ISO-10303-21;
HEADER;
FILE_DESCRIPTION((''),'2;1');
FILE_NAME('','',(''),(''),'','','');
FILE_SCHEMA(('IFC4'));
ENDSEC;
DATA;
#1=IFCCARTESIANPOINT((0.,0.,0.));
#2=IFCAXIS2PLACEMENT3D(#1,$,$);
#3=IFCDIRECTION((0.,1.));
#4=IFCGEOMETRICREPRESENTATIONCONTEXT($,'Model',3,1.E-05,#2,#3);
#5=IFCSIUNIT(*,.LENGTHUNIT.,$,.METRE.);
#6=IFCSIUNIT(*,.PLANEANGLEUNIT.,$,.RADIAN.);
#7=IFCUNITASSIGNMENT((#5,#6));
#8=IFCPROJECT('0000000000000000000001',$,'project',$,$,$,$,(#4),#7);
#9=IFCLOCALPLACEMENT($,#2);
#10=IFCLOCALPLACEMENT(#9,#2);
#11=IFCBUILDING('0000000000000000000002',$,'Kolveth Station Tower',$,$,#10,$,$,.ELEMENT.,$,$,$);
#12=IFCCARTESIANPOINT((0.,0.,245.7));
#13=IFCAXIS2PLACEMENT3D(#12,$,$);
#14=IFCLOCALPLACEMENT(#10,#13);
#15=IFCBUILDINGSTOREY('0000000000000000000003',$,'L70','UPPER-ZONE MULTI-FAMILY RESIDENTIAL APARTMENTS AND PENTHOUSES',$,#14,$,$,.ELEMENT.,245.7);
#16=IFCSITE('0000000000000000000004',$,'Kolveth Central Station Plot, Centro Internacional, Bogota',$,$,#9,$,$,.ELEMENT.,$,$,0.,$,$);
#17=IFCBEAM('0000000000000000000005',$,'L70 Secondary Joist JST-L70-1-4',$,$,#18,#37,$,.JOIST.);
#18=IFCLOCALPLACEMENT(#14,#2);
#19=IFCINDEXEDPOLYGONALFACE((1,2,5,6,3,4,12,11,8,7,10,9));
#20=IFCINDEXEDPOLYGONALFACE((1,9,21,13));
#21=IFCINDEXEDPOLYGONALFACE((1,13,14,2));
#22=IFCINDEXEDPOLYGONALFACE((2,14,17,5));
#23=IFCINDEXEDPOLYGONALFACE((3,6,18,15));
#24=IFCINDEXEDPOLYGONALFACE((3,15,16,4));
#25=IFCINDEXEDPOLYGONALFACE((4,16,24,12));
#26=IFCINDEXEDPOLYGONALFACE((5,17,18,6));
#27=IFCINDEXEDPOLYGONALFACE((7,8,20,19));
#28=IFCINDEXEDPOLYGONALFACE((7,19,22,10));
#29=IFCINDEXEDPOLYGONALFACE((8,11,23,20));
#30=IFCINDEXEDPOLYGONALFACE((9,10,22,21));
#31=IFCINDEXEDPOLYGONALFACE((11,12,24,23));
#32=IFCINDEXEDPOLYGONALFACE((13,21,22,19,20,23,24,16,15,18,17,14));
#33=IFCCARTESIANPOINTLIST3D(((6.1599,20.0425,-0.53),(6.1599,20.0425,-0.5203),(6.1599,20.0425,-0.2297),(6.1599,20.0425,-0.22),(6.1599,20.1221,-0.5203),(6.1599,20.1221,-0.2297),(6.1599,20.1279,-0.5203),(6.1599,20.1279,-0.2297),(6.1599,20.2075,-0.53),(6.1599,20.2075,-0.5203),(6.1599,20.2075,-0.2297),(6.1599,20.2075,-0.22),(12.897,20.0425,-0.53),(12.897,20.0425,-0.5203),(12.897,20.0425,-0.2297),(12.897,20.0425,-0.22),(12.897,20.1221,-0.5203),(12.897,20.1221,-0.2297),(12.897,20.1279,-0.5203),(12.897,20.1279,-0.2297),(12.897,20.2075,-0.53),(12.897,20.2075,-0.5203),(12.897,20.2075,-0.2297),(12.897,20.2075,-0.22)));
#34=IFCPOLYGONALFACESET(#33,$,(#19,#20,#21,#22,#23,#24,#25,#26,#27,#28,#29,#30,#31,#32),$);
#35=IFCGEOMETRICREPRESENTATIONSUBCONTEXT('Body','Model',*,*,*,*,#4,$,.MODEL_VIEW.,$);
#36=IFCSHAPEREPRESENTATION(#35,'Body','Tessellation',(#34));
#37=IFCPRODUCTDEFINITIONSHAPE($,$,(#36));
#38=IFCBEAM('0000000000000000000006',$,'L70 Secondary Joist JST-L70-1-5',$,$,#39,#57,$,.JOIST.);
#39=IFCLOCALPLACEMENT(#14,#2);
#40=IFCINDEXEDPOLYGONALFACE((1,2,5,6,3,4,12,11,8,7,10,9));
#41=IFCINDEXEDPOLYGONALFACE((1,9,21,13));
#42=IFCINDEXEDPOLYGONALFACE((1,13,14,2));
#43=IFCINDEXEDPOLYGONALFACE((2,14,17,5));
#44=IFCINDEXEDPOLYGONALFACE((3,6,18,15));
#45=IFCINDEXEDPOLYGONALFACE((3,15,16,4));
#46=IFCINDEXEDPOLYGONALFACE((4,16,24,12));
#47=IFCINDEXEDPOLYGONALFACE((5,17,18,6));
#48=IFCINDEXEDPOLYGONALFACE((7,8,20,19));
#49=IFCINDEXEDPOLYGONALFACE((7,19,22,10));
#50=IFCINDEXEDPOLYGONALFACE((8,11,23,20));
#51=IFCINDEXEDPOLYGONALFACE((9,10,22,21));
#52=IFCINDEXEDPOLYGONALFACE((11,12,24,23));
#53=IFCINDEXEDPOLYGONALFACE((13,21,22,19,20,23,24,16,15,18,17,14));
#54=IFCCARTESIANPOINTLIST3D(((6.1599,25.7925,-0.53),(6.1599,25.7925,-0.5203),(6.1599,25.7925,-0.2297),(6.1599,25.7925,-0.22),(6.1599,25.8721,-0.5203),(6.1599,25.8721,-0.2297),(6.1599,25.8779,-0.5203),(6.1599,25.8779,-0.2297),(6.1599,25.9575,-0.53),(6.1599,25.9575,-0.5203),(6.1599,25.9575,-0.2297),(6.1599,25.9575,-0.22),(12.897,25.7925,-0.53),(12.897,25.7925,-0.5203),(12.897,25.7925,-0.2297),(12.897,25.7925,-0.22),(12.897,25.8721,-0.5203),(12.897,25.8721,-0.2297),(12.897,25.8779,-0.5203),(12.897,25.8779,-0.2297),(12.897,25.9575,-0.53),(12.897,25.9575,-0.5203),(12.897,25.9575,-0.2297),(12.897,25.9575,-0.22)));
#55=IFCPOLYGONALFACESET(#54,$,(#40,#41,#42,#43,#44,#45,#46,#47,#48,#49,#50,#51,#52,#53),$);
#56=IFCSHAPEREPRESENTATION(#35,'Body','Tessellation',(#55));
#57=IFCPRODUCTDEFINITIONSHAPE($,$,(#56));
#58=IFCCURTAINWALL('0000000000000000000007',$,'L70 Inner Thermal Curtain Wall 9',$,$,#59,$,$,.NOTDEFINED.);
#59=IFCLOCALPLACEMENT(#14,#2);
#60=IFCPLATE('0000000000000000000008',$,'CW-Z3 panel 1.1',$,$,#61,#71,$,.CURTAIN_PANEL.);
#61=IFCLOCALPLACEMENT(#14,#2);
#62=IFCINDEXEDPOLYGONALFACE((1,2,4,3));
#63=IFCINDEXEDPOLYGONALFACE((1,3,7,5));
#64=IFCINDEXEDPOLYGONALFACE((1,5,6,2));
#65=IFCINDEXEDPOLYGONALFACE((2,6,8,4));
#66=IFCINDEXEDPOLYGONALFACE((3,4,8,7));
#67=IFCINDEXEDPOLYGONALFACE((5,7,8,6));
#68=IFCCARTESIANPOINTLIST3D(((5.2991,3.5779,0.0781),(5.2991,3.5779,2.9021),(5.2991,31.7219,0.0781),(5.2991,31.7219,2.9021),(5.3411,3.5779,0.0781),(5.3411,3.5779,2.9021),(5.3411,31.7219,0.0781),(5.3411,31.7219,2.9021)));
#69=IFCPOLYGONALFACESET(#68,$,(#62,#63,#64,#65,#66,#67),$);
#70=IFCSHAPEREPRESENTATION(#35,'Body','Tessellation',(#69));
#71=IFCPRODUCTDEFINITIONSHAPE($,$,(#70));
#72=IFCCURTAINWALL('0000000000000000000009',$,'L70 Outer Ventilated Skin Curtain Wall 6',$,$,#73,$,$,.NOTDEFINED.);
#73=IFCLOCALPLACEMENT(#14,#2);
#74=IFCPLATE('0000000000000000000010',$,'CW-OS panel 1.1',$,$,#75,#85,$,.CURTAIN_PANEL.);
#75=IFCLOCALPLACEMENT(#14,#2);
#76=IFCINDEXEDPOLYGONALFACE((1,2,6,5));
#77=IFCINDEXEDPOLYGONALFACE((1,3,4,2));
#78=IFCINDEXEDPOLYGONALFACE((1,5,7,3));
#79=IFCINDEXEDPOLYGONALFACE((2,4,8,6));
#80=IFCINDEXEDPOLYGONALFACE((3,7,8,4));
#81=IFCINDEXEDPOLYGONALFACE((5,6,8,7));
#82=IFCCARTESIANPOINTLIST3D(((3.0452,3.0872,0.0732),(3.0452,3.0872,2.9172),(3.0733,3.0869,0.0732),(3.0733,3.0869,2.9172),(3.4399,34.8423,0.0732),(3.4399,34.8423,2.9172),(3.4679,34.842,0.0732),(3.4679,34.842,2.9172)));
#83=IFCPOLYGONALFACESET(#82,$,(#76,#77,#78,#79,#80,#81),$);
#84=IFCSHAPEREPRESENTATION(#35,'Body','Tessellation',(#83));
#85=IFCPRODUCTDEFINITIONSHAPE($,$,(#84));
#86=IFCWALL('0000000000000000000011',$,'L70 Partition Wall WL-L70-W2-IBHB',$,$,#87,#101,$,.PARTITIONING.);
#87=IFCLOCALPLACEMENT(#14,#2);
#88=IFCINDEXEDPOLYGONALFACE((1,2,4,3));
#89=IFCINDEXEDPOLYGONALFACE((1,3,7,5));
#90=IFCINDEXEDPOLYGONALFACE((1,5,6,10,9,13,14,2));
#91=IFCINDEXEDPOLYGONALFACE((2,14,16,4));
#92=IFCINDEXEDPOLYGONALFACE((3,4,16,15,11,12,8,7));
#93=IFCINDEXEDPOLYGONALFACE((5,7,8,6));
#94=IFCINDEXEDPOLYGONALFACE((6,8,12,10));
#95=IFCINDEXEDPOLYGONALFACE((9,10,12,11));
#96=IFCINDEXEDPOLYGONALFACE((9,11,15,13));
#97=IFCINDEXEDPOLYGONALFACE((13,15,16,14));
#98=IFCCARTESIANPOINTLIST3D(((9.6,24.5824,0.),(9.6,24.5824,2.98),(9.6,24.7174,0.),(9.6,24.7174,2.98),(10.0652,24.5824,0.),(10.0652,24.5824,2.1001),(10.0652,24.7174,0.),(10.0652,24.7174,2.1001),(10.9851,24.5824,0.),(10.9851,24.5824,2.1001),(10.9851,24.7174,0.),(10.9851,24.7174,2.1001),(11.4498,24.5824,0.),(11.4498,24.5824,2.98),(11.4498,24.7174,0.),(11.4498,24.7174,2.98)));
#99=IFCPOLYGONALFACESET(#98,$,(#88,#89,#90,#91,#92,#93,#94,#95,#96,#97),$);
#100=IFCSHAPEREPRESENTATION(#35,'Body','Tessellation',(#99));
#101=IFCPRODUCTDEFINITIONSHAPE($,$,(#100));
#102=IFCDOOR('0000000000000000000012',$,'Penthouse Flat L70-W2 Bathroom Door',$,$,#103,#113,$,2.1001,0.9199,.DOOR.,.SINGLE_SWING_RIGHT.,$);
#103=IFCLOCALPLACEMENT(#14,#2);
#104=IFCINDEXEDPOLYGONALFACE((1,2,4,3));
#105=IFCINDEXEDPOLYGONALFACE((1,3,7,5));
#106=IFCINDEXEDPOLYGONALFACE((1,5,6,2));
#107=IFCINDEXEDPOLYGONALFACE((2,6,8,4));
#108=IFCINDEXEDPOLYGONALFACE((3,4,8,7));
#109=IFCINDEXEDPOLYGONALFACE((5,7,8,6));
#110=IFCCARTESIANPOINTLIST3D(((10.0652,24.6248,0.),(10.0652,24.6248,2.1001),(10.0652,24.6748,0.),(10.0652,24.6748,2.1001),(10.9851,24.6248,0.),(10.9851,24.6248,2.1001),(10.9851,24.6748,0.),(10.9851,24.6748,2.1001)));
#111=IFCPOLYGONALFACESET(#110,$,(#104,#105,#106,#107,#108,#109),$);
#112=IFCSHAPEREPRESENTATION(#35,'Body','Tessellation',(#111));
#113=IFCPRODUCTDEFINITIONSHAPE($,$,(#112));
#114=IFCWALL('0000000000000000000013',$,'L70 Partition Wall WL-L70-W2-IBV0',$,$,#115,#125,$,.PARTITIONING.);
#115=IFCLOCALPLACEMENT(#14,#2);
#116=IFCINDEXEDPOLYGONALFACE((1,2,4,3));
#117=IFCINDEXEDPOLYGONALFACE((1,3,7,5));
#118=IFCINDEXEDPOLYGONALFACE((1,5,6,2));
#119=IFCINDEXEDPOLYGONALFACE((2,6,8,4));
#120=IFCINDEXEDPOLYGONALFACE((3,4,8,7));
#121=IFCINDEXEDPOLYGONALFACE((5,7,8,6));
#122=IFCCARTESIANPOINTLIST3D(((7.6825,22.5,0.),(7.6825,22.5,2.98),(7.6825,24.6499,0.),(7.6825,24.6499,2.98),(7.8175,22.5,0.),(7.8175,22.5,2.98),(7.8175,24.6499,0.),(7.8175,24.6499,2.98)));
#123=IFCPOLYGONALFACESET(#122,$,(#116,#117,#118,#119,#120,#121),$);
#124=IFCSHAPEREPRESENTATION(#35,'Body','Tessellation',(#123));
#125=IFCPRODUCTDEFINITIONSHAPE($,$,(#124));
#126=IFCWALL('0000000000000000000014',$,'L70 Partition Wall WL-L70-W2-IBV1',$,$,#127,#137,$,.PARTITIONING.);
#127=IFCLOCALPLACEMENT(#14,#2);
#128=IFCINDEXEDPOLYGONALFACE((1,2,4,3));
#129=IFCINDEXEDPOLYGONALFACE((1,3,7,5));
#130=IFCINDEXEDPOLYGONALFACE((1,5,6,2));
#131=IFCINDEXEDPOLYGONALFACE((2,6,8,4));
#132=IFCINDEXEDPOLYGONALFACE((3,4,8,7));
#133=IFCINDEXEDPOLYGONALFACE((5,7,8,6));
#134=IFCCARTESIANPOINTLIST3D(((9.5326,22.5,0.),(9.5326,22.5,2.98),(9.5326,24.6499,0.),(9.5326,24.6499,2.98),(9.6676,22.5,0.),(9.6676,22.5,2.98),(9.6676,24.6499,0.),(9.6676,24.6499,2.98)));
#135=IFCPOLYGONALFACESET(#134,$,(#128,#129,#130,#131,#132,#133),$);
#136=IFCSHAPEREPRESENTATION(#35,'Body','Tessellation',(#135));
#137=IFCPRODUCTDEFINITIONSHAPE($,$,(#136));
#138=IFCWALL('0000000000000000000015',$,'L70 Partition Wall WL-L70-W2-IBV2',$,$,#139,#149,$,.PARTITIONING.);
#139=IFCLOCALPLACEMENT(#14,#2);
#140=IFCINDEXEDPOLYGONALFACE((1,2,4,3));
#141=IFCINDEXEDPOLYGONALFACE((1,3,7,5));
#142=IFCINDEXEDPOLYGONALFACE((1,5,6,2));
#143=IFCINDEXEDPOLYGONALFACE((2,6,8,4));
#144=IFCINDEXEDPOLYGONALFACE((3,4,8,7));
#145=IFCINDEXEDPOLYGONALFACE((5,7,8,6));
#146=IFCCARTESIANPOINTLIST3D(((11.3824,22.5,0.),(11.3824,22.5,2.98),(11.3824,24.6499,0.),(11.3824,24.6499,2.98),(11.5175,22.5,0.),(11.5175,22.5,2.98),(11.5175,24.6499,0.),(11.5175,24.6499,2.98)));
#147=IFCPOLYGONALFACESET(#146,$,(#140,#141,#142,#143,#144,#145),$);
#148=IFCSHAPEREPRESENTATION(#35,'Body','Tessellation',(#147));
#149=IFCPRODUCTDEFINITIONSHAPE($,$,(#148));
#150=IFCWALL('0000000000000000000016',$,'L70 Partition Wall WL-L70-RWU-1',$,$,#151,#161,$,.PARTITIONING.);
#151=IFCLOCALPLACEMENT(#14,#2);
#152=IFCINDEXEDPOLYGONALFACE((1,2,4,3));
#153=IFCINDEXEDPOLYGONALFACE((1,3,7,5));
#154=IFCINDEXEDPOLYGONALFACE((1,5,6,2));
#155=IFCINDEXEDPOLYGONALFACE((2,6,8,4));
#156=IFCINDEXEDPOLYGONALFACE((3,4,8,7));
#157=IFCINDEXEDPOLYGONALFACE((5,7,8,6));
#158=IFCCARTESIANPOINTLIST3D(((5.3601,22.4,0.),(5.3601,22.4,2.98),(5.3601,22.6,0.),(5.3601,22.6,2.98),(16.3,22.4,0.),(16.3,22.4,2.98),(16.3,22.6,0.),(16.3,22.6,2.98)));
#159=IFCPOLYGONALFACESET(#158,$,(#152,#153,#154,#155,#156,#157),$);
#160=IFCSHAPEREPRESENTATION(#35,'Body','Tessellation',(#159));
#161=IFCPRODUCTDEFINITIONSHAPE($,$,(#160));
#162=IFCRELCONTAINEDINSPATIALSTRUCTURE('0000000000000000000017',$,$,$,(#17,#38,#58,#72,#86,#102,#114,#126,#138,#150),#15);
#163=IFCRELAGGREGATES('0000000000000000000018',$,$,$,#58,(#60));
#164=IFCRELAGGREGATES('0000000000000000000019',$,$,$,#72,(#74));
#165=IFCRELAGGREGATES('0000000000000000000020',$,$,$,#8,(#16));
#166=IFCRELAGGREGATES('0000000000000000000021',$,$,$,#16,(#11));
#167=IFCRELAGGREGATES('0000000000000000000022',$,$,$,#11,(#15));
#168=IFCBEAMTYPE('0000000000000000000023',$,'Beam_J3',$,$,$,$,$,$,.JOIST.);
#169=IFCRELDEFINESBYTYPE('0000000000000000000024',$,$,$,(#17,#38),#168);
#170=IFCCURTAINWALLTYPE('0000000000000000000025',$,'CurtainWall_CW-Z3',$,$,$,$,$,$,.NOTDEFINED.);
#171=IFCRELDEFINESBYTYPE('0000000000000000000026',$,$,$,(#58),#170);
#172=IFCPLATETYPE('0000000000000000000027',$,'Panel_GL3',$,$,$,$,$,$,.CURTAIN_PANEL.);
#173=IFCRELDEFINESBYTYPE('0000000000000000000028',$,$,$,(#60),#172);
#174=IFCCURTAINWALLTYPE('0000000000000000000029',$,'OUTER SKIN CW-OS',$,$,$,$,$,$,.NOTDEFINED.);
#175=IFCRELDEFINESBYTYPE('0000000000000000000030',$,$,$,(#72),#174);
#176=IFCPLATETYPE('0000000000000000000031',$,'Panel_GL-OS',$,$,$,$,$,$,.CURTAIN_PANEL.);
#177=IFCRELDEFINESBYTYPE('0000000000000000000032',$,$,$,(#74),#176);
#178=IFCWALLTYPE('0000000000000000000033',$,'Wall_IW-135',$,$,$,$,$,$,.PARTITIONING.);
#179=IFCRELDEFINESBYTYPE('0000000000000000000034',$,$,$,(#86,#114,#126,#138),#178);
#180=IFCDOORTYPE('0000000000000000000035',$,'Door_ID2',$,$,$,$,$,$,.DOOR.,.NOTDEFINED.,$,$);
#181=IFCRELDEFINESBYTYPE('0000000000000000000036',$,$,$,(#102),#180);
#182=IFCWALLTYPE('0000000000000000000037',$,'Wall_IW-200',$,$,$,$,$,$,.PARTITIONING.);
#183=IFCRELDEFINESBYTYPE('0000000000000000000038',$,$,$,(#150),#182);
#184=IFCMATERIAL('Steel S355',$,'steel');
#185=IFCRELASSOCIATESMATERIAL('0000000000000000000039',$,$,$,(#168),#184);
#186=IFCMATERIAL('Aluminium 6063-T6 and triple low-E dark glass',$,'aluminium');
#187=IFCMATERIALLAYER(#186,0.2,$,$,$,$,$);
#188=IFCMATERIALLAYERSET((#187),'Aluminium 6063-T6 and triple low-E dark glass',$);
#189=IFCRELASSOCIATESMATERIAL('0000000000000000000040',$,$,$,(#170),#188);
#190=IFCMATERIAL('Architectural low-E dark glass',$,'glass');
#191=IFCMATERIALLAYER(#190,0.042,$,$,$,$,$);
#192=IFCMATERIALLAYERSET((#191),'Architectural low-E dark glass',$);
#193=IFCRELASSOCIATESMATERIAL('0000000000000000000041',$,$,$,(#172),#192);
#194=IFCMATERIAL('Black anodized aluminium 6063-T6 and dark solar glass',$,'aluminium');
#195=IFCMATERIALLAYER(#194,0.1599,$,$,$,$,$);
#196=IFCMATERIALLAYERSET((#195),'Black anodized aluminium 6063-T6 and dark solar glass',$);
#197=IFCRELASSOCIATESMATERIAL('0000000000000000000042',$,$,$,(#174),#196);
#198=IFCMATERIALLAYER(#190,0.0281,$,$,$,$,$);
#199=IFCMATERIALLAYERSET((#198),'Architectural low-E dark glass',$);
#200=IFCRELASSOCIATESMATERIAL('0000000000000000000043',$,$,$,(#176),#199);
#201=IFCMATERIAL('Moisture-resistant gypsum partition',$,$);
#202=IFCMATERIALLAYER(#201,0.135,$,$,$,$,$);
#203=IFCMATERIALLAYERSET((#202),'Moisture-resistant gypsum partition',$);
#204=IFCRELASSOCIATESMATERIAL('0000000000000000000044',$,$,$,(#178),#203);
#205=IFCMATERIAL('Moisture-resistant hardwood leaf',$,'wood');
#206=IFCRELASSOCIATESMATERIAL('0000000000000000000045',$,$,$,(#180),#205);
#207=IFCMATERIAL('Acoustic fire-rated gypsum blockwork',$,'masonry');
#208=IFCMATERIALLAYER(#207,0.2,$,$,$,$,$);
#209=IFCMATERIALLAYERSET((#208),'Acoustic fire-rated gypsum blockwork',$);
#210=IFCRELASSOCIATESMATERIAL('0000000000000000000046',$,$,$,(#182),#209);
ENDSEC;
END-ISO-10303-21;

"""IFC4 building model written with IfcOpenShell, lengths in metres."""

from ifc_helpers import new_model, si_unit, direction, frame, frame_2d, origin, origin_2d, place, context, subcontext, project, spatial, rectangle, i_section, extrude, source, transform, mapped, material, layer, layer_set, material_profile, profile_set, type_object, element, fill, aggregate, save


model = new_model("IFC4")

# Units and contexts
model_context = context("Model", 3, precision=1e-05, world=origin(), true_north=direction((0.0, 1.0)))
body_context = subcontext(model_context, "Body", "Model", "MODEL_VIEW")
ifc_project = project(units=[si_unit("LENGTHUNIT", "METRE"), si_unit("PLANEANGLEUNIT", "RADIAN")], contexts=[model_context])

# Site, building, storey
site_placement = place(None, origin())
site = spatial("IfcSite", under=ifc_project, at=site_placement, Name="Kolveth Central Station Plot, Centro Internacional, Bogota", CompositionType="ELEMENT", RefElevation=0.0)
building_placement = place(site_placement, origin())
building = spatial("IfcBuilding", under=site, at=building_placement, Name="Kolveth Station Tower", CompositionType="ELEMENT")
storey_placement = place(building_placement, frame((0.0, 0.0, 245.7)))
storey = spatial("IfcBuildingStorey", under=building, at=storey_placement, Name="L70", Description="UPPER-ZONE MULTI-FAMILY RESIDENTIAL APARTMENTS AND PENTHOUSES", CompositionType="ELEMENT", Elevation=245.7)

# Shared definitions
ifc_material_1 = material(Name="Steel S355", Category="steel")

# Beams
ifc_material_profile_1 = material_profile(ifc_material_1, i_section(OverallWidth=0.165, OverallDepth=0.3101, WebThickness=0.0059, FlangeThickness=0.0098, at=origin_2d()), Name="W310x39")
ifc_profile_set_1 = profile_set([ifc_material_profile_1], Name="Steel S355")
beam_type_1 = type_object("IfcBeamType", Name="Beam_J3", PredefinedType="JOIST", material=ifc_profile_set_1)
shared_shape_1 = source(origin(), body_context, "Body", "SweptSolid", [
    extrude(i_section(OverallWidth=0.165, OverallDepth=0.3101, WebThickness=0.0059, FlangeThickness=0.0098, at=origin_2d()), origin(), (0.0, 0.0, 1.0), 6.7371),
])
for number, where, z_axis, x_axis, name in (
    (1, (6.1599, 20.125, -0.375), (1.0, 0.0, 0.0), (0.0, 1.0, 0.0), "L70 Secondary Joist JST-L70-1-4"),
    (2, (6.1599, 25.875, -0.375), (1.0, 0.0, 0.0), (0.0, 1.0, 0.0), "L70 Secondary Joist JST-L70-1-5"),
):
    element("IfcBeam", number, at=place(storey_placement, frame(where, z_axis=z_axis, x_axis=x_axis)), inside=storey, type_object=beam_type_1, Name=name, PredefinedType="JOIST", context=body_context, shape_type="MappedRepresentation", body=[
        mapped(shared_shape_1, transform((0.0, 0.0, 0.0), x_axis=(1.0, 0.0, 0.0), y_axis=(0.0, 1.0, 0.0), z_axis=(0.0, 0.0, 1.0), scale=1.0)),
    ])

# Curtain walls, plates
ifc_material_2 = material(Name="Aluminium 6063-T6 and triple low-E dark glass", Category="aluminium")
ifc_layer_1 = layer(ifc_material_2, 0.2)
ifc_layer_set_1 = layer_set([ifc_layer_1], Name="Aluminium 6063-T6 and triple low-E dark glass")
curtain_wall_type_1 = type_object("IfcCurtainWallType", Name="CurtainWall_CW-Z3", PredefinedType="NOTDEFINED", material=ifc_layer_set_1)
curtain_wall_1_placement = place(storey_placement, origin())
curtain_wall_1 = element("IfcCurtainWall", 3, at=curtain_wall_1_placement, inside=storey, type_object=curtain_wall_type_1, Name="L70 Inner Thermal Curtain Wall 9", PredefinedType="NOTDEFINED")
ifc_material_3 = material(Name="Architectural low-E dark glass", Category="glass")
ifc_layer_2 = layer(ifc_material_3, 0.042)
ifc_layer_set_2 = layer_set([ifc_layer_2], Name="Architectural low-E dark glass")
plate_type_1 = type_object("IfcPlateType", Name="Panel_GL3", PredefinedType="CURTAIN_PANEL", material=ifc_layer_set_2)
shared_shape_2 = source(origin(), body_context, "Body", "SweptSolid", [
    extrude(rectangle(XDim=28.144, YDim=0.042, at=origin_2d()), origin(), (0.0, 0.0, 1.0), 2.824),
])
plate_1_placement = place(storey_placement, frame((5.3201, 17.6499, 0.0781), z_axis=(0.0, 0.0, 1.0), x_axis=(0.0, -1.0, 0.0)))
plate_1 = element("IfcPlate", 4, at=plate_1_placement, type_object=plate_type_1, Name="CW-Z3 panel 1.1", PredefinedType="CURTAIN_PANEL", context=body_context, shape_type="MappedRepresentation", body=[
    mapped(shared_shape_2, transform((0.0, 0.0, 0.0), x_axis=(1.0, 0.0, 0.0), y_axis=(0.0, 1.0, 0.0), z_axis=(0.0, 0.0, 1.0), scale=1.0)),
])
aggregate(curtain_wall_1, [plate_1])
ifc_material_4 = material(Name="Black anodized aluminium 6063-T6 and dark solar glass", Category="aluminium")
ifc_layer_3 = layer(ifc_material_4, 0.1599)
ifc_layer_set_3 = layer_set([ifc_layer_3], Name="Black anodized aluminium 6063-T6 and dark solar glass")
curtain_wall_type_2 = type_object("IfcCurtainWallType", Name="OUTER SKIN CW-OS", PredefinedType="NOTDEFINED", material=ifc_layer_set_3)
curtain_wall_2_placement = place(storey_placement, origin())
curtain_wall_2 = element("IfcCurtainWall", 5, at=curtain_wall_2_placement, inside=storey, type_object=curtain_wall_type_2, Name="L70 Outer Ventilated Skin Curtain Wall 6", PredefinedType="NOTDEFINED")
ifc_layer_4 = layer(ifc_material_3, 0.0281)
ifc_layer_set_4 = layer_set([ifc_layer_4], Name="Architectural low-E dark glass")
plate_type_2 = type_object("IfcPlateType", Name="Panel_GL-OS", PredefinedType="CURTAIN_PANEL", material=ifc_layer_set_4)
shared_shape_3 = source(origin(), body_context, "Body", "SweptSolid", [
    extrude(rectangle(XDim=31.7576, YDim=0.0281, at=origin_2d()), origin(), (0.0, 0.0, 1.0), 2.844),
])
plate_2_placement = place(storey_placement, frame((3.2566, 18.9646, 0.0732), z_axis=(0.0, 0.0, 1.0), x_axis=(-0.012427, -0.999923, 0.0)))
plate_2 = element("IfcPlate", 6, at=plate_2_placement, type_object=plate_type_2, Name="CW-OS panel 1.1", PredefinedType="CURTAIN_PANEL", context=body_context, shape_type="MappedRepresentation", body=[
    mapped(shared_shape_3, transform((0.0, 0.0, 0.0), x_axis=(1.0, 0.0, 0.0), y_axis=(0.0, 1.0, 0.0), z_axis=(0.0, 0.0, 1.0), scale=1.0)),
])
aggregate(curtain_wall_2, [plate_2])

# Wall, opening, door
ifc_material_5 = material(Name="Moisture-resistant gypsum partition")
ifc_layer_5 = layer(ifc_material_5, 0.135)
ifc_layer_set_5 = layer_set([ifc_layer_5], Name="Moisture-resistant gypsum partition")
wall_type_1 = type_object("IfcWallType", Name="Wall_IW-135", PredefinedType="PARTITIONING", material=ifc_layer_set_5)
wall_1_placement = place(storey_placement, frame((9.6001, 24.6499, 0.0), z_axis=(0.0, 0.0, 1.0), x_axis=(1.0, 0.0, 0.0)))
wall_1 = element("IfcWall", 7, at=wall_1_placement, inside=storey, type_object=wall_type_1, Name="L70 Partition Wall WL-L70-W2-IBHB", PredefinedType="PARTITIONING", context=body_context, shape_type="SweptSolid", body=[
    extrude(rectangle(XDim=1.8499, YDim=0.135, at=frame_2d((0.9248, 0.0))), origin(), (0.0, 0.0, 1.0), 2.98),
])
opening_1_placement = place(wall_1_placement, frame((0.4651, 0.0, 0.0)))
opening_1 = element("IfcOpeningElement", 8, at=opening_1_placement, cuts=wall_1, PredefinedType="OPENING", context=body_context, shape_type="SweptSolid", body=[
    extrude(rectangle(XDim=0.9199, YDim=2.1001, at=frame_2d((0.46, 1.05))), frame((0.0, 0.0774, 0.0), z_axis=(0.0, -1.0, 0.0), x_axis=(1.0, 0.0, 0.0)), (0.0, 0.0, 1.0), 0.155),
])
ifc_material_6 = material(Name="Moisture-resistant hardwood leaf", Category="wood")
door_type_1 = type_object("IfcDoorType", Name="Door_ID2", OperationType="NOTDEFINED", PredefinedType="DOOR", material=ifc_material_6)
door_1_placement = place(opening_1_placement, origin())
door_1 = element("IfcDoor", 9, at=door_1_placement, inside=storey, type_object=door_type_1, Name="Penthouse Flat L70-W2 Bathroom Door", OperationType="SINGLE_SWING_RIGHT", OverallHeight=2.1001, OverallWidth=0.9199, PredefinedType="DOOR", context=body_context, shape_type="SweptSolid", body=[
    extrude(rectangle(XDim=0.9199, YDim=2.1001, at=frame_2d((0.46, 1.05))), frame((0.0, 0.0249, 0.0), z_axis=(0.0, -1.0, 0.0), x_axis=(1.0, 0.0, 0.0)), (0.0, 0.0, 1.0), 0.05),
])
fill(opening_1, door_1)

# Walls
for number, where, z_axis, x_axis, name in (
    (10, (7.75, 22.5, 0.0), (0.0, 0.0, 1.0), (0.0, 1.0, 0.0), "L70 Partition Wall WL-L70-W2-IBV0"),
    (11, (9.6001, 22.5, 0.0), (0.0, 0.0, 1.0), (0.0, 1.0, 0.0), "L70 Partition Wall WL-L70-W2-IBV1"),
    (12, (11.45, 22.5, 0.0), (0.0, 0.0, 1.0), (0.0, 1.0, 0.0), "L70 Partition Wall WL-L70-W2-IBV2"),
):
    element("IfcWall", number, at=place(storey_placement, frame(where, z_axis=z_axis, x_axis=x_axis)), inside=storey, type_object=wall_type_1, Name=name, PredefinedType="PARTITIONING", context=body_context, shape_type="SweptSolid", body=[
        extrude(rectangle(XDim=2.1499, YDim=0.135, at=frame_2d((1.075, 0.0))), origin(), (0.0, 0.0, 1.0), 2.98),
    ])
ifc_material_7 = material(Name="Acoustic fire-rated gypsum blockwork", Category="masonry")
ifc_layer_6 = layer(ifc_material_7, 0.2)
ifc_layer_set_6 = layer_set([ifc_layer_6], Name="Acoustic fire-rated gypsum blockwork")
wall_type_2 = type_object("IfcWallType", Name="Wall_IW-200", PredefinedType="PARTITIONING", material=ifc_layer_set_6)
wall_2_placement = place(storey_placement, frame((5.3601, 22.5, 0.0), z_axis=(0.0, 0.0, 1.0), x_axis=(1.0, 0.0, 0.0)))
element("IfcWall", 13, at=wall_2_placement, inside=storey, type_object=wall_type_2, Name="L70 Partition Wall WL-L70-RWU-1", PredefinedType="PARTITIONING", context=body_context, shape_type="SweptSolid", body=[
    extrude(rectangle(XDim=10.9399, YDim=0.2, at=frame_2d((5.47, 0.0))), origin(), (0.0, 0.0, 1.0), 2.98),
])

save(model, "model.ifc")
